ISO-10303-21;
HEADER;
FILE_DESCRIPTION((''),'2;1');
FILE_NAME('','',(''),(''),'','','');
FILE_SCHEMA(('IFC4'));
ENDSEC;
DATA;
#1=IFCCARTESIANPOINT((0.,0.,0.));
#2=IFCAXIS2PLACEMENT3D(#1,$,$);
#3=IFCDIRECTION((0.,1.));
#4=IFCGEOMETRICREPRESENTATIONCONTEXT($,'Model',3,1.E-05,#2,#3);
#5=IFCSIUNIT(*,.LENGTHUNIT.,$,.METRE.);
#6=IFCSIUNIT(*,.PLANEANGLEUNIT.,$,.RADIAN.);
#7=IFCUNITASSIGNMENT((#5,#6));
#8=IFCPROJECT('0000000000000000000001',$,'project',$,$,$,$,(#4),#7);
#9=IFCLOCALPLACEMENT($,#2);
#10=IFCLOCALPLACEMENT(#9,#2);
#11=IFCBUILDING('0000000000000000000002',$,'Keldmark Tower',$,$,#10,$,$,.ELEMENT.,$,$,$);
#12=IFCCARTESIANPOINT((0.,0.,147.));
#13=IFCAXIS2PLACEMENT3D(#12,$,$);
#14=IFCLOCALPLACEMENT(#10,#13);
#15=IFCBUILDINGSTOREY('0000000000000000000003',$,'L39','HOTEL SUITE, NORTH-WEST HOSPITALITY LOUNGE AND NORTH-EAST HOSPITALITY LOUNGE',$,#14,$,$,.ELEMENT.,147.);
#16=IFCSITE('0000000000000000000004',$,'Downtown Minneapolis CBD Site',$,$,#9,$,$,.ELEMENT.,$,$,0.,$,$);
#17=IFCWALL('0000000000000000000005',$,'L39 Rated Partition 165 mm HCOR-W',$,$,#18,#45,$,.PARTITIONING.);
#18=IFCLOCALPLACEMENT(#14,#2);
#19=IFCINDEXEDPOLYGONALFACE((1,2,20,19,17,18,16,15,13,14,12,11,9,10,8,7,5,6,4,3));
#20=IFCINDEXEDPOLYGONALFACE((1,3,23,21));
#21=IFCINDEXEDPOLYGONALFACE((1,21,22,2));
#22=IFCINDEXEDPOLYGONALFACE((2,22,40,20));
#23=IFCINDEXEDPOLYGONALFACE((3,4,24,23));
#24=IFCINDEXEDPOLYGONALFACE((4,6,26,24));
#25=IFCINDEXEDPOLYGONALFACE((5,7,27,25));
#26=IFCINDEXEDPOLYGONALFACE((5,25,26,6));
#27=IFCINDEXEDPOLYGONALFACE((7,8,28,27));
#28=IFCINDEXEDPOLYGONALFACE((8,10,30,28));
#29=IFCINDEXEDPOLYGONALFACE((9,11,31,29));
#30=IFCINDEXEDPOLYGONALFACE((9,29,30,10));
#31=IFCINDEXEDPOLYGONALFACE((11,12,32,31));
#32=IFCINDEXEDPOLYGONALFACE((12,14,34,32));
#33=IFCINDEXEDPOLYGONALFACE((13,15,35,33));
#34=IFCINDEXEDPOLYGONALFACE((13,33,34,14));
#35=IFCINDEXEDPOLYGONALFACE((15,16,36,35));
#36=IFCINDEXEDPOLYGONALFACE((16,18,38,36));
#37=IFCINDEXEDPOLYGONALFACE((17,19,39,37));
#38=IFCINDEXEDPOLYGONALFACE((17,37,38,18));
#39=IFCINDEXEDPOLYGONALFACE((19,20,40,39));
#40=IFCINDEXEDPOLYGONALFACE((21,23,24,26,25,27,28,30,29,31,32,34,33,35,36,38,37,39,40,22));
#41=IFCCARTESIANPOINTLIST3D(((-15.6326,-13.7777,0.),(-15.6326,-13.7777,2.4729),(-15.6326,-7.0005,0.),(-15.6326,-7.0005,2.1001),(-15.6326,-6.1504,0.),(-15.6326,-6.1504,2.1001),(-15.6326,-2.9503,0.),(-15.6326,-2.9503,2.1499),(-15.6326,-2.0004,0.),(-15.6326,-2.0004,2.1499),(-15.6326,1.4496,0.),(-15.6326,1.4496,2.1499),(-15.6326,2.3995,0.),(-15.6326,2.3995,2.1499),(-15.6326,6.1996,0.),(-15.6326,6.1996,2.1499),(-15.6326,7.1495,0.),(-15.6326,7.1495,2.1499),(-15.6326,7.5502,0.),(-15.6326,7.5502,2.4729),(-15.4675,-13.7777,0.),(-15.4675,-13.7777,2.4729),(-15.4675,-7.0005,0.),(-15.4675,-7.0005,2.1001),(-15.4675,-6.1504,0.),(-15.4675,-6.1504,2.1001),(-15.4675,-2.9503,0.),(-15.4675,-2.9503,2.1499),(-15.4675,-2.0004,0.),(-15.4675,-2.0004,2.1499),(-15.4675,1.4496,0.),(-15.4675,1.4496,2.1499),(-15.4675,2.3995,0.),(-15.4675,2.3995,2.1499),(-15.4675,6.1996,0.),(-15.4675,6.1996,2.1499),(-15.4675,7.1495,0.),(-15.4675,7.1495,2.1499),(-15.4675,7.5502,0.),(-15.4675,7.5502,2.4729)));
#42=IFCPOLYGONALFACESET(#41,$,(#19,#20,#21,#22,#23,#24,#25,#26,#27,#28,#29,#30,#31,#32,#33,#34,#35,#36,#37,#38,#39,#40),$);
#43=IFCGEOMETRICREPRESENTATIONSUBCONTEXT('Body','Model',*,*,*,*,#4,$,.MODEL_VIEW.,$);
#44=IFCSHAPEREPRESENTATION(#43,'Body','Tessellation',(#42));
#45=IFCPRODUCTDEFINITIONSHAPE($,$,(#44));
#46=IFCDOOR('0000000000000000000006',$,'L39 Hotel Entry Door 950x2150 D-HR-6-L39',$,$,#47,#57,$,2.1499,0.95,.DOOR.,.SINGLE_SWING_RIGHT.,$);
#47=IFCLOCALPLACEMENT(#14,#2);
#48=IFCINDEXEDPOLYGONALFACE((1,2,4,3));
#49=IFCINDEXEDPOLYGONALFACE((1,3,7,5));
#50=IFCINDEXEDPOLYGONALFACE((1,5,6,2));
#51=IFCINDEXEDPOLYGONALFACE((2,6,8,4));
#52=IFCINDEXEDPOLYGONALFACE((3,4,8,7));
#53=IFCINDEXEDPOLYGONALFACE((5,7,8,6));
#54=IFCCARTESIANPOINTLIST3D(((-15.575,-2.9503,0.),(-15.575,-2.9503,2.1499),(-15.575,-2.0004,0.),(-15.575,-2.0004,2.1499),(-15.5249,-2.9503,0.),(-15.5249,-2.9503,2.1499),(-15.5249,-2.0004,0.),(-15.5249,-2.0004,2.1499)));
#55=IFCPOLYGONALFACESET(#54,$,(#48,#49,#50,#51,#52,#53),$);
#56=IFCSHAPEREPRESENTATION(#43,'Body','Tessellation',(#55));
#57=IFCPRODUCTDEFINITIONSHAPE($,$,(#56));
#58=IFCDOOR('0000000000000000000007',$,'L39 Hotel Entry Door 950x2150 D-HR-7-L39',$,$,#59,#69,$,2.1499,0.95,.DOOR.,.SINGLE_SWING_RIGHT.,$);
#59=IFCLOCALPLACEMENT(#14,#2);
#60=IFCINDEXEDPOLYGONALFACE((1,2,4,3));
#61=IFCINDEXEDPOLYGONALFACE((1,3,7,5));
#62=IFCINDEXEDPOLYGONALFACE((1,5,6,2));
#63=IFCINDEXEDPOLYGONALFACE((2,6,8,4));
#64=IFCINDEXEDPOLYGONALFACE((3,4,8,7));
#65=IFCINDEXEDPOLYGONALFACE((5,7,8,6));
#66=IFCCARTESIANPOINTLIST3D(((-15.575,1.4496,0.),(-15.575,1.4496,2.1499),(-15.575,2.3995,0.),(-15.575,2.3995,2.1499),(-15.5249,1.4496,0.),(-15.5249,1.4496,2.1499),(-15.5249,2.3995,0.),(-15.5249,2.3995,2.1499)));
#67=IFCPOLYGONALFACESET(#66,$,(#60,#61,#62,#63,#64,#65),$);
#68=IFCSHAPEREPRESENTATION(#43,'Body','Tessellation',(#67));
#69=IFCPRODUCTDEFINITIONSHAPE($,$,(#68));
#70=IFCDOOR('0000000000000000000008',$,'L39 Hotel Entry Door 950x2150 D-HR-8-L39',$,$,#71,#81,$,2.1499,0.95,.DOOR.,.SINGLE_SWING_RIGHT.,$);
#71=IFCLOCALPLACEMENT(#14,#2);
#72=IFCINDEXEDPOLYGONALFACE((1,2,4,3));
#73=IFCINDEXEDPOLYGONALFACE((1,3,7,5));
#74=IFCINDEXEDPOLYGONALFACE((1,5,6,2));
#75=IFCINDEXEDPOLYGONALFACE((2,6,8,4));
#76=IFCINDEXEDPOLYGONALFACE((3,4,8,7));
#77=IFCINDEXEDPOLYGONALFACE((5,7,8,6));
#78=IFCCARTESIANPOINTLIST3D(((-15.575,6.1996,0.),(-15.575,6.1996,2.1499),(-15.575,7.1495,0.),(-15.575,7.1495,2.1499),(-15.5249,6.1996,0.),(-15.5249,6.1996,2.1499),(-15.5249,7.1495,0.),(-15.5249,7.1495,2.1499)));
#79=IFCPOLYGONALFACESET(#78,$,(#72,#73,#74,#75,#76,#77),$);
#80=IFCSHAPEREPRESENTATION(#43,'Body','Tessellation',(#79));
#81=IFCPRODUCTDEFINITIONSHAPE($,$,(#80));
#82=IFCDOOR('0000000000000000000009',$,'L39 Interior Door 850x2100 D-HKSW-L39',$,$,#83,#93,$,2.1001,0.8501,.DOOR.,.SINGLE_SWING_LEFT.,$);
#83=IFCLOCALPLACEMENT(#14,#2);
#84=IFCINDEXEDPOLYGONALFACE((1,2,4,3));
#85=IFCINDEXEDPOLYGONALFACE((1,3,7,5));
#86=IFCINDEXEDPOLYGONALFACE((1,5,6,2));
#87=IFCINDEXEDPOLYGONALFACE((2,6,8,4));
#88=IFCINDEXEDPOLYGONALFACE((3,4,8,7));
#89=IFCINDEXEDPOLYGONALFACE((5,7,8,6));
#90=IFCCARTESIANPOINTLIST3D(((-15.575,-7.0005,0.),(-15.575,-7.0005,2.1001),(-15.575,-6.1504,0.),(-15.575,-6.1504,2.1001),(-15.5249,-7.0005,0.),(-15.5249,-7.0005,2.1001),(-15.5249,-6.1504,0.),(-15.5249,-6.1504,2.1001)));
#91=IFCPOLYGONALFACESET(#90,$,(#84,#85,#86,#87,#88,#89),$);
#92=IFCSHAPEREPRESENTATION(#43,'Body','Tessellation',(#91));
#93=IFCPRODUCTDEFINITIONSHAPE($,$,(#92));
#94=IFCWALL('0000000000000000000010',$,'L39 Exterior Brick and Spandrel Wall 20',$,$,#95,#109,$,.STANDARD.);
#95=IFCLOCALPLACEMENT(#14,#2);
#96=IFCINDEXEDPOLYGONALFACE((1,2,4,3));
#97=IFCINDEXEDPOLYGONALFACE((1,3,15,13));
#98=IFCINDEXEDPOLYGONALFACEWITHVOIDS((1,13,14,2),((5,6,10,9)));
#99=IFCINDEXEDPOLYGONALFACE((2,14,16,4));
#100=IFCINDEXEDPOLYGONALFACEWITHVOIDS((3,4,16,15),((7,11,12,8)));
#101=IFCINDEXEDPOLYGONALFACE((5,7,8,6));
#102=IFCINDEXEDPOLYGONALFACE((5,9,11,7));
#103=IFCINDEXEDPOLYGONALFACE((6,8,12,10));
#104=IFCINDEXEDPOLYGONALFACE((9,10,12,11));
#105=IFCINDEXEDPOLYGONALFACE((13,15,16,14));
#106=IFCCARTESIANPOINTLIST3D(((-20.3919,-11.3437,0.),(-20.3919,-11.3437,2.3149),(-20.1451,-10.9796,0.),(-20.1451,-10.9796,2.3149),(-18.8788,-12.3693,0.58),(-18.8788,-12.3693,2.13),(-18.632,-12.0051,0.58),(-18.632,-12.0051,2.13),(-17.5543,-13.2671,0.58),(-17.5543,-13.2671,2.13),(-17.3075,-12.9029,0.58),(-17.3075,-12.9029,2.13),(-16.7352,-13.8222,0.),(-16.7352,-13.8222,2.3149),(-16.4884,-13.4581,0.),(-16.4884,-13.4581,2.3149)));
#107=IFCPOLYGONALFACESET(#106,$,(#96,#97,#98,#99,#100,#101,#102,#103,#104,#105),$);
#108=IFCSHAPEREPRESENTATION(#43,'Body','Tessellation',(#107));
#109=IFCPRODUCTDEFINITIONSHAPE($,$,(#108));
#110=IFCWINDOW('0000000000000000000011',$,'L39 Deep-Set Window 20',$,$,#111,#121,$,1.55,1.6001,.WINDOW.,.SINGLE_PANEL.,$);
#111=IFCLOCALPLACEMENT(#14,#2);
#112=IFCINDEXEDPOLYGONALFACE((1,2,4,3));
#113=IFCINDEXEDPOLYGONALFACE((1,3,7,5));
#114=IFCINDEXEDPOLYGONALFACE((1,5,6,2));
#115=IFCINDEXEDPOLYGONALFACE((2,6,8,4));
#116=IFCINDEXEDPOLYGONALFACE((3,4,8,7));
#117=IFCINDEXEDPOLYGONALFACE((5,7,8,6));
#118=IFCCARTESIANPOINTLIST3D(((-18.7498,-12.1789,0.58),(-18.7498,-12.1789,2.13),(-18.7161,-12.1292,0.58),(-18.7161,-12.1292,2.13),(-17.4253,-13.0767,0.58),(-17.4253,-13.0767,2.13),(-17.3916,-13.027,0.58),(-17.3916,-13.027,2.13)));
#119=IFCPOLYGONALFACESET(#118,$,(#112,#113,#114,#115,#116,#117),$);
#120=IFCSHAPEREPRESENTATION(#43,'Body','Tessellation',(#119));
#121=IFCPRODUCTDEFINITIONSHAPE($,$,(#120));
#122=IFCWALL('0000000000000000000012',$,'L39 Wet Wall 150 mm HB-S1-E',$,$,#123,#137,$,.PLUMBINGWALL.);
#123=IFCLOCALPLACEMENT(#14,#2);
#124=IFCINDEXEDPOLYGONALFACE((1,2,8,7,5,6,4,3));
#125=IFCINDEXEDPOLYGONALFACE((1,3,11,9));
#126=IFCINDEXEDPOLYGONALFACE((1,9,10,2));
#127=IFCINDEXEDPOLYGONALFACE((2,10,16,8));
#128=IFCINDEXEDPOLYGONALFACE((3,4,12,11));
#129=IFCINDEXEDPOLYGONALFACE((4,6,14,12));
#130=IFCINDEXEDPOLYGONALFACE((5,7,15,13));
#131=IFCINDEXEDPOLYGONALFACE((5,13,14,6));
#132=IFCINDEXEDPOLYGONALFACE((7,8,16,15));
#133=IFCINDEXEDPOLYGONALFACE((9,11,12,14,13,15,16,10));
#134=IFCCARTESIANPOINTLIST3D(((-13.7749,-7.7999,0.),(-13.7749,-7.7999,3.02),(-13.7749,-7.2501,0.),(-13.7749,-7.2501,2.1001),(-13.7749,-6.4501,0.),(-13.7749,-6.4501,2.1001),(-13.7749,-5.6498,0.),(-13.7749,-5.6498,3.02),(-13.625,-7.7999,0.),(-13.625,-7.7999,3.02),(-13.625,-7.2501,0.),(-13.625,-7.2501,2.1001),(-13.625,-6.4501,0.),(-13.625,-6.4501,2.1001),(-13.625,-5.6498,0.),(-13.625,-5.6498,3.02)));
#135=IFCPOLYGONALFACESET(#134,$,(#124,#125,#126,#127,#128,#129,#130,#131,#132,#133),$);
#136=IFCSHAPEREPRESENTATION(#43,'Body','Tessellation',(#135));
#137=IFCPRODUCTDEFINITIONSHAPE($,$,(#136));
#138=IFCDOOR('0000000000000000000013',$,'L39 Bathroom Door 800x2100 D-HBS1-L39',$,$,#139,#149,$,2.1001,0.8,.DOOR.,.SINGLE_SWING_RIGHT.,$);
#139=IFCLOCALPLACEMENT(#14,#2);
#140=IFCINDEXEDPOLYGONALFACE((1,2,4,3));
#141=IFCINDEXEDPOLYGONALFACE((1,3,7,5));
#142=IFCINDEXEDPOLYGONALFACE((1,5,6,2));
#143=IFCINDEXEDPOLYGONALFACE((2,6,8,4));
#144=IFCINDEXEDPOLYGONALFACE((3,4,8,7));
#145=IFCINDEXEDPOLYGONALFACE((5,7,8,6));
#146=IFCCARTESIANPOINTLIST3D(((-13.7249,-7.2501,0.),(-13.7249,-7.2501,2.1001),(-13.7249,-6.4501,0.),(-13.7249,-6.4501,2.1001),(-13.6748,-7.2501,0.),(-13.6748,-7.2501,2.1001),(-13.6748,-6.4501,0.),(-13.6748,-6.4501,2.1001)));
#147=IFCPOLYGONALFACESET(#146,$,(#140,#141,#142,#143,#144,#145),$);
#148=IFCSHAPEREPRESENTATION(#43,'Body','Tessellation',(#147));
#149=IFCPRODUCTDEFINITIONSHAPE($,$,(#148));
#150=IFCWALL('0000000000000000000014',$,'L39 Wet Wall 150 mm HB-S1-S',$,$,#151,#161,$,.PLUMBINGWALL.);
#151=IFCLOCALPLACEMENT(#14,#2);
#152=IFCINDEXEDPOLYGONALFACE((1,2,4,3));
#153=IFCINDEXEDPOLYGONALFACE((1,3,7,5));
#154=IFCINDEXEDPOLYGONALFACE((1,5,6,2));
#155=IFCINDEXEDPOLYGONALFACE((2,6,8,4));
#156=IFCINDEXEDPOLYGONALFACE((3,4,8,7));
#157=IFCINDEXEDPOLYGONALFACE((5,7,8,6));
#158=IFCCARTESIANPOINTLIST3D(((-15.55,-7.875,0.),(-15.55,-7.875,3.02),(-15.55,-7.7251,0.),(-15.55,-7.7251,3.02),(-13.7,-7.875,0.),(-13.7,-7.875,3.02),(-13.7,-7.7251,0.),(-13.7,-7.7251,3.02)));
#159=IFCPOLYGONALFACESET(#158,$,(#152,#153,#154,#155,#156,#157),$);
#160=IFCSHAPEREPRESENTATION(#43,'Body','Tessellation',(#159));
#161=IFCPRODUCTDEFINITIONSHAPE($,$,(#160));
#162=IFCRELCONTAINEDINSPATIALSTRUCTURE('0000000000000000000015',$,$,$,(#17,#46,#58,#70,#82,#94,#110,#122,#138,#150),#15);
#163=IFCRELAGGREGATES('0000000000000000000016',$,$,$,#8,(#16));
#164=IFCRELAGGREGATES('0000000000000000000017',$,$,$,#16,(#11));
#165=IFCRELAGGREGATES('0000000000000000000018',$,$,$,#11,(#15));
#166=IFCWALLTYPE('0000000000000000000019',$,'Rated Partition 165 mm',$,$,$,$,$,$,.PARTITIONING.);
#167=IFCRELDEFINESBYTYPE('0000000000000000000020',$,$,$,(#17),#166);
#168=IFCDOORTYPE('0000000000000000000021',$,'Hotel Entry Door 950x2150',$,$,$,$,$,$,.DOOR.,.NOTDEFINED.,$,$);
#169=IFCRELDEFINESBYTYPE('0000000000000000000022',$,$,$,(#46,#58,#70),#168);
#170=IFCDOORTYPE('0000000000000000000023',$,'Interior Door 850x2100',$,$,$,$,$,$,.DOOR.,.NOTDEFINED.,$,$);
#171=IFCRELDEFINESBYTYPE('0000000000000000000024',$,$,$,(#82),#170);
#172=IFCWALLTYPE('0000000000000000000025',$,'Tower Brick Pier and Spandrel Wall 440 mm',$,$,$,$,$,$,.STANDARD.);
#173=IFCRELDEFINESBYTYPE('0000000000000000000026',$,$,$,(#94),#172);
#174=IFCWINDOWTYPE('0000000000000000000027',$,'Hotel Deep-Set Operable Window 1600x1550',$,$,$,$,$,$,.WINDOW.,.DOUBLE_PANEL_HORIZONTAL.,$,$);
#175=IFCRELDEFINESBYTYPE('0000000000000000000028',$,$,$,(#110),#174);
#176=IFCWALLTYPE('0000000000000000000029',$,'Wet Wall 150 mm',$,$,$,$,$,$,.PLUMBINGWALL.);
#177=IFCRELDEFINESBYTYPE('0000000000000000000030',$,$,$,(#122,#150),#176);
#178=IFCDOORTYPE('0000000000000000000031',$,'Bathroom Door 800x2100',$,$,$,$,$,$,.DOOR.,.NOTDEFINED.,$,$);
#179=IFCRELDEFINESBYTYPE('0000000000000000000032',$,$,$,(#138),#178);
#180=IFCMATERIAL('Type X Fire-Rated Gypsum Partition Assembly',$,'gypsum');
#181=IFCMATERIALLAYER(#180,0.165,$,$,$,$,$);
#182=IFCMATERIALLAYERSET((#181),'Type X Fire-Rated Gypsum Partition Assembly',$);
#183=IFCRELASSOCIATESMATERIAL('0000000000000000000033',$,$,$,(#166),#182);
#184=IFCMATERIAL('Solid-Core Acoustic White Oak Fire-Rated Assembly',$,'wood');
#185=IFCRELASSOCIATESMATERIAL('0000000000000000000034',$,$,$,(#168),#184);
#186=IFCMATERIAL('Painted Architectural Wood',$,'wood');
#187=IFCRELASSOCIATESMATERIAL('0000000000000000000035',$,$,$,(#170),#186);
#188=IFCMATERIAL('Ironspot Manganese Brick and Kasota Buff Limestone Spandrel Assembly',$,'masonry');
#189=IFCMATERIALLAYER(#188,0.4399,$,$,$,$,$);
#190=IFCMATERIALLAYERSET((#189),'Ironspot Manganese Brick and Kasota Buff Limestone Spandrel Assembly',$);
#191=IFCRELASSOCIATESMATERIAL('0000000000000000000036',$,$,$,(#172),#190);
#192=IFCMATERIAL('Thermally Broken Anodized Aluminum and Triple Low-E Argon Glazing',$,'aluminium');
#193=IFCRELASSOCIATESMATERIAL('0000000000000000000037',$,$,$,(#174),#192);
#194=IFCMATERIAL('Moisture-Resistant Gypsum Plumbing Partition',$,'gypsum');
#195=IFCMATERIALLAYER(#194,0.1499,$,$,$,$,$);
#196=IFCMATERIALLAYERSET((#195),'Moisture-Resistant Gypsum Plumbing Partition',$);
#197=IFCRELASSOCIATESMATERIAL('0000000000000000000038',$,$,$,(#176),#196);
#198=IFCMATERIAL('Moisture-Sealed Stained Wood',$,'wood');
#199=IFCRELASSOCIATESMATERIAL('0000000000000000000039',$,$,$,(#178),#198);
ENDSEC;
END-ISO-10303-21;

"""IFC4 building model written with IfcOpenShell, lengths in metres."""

from ifc_helpers import new_model, si_unit, direction, frame, frame_2d, origin, place, context, subcontext, project, spatial, rectangle, extrude, material, layer, layer_set, type_object, element, fill, save


model = new_model("IFC4")

# Units and contexts
model_context = context("Model", 3, precision=1e-05, world=origin(), true_north=direction((0.0, 1.0)))
body_context = subcontext(model_context, "Body", "Model", "MODEL_VIEW")
ifc_project = project(units=[si_unit("LENGTHUNIT", "METRE"), si_unit("PLANEANGLEUNIT", "RADIAN")], contexts=[model_context])

# Site, building, storey
site_placement = place(None, origin())
site = spatial("IfcSite", under=ifc_project, at=site_placement, Name="Downtown Minneapolis CBD Site", CompositionType="ELEMENT", RefElevation=0.0)
building_placement = place(site_placement, origin())
building = spatial("IfcBuilding", under=site, at=building_placement, Name="Keldmark Tower", CompositionType="ELEMENT")
storey_placement = place(building_placement, frame((0.0, 0.0, 147.0)))
storey = spatial("IfcBuildingStorey", under=building, at=storey_placement, Name="L39", Description="HOTEL SUITE, NORTH-WEST HOSPITALITY LOUNGE AND NORTH-EAST HOSPITALITY LOUNGE", CompositionType="ELEMENT", Elevation=147.0)

# Wall, openings, doors
ifc_material_1 = material(Name="Type X Fire-Rated Gypsum Partition Assembly", Category="gypsum")
ifc_layer_1 = layer(ifc_material_1, 0.165)
ifc_layer_set_1 = layer_set([ifc_layer_1], Name="Type X Fire-Rated Gypsum Partition Assembly")
wall_type_1 = type_object("IfcWallType", Name="Rated Partition 165 mm", PredefinedType="PARTITIONING", material=ifc_layer_set_1)
ifc_material_2 = material(Name="Solid-Core Acoustic White Oak Fire-Rated Assembly", Category="wood")
door_type_1 = type_object("IfcDoorType", Name="Hotel Entry Door 950x2150", OperationType="NOTDEFINED", PredefinedType="DOOR", material=ifc_material_2)
wall_1_placement = place(storey_placement, frame((-15.55, -13.7778, 0.0), z_axis=(0.0, 0.0, 1.0), x_axis=(0.0, 1.0, 0.0)))
wall_1 = element("IfcWall", 1, at=wall_1_placement, inside=storey, type_object=wall_type_1, Name="L39 Rated Partition 165 mm HCOR-W", PredefinedType="PARTITIONING", context=body_context, shape_type="SweptSolid", body=[
    extrude(rectangle(XDim=21.3279, YDim=0.165, at=frame_2d((10.6641, 0.0))), origin(), (0.0, 0.0, 1.0), 2.4729),
])
opening_1_placement = place(wall_1_placement, frame((6.7773, 0.0, 0.0)))
opening_1 = element("IfcOpeningElement", 2, at=opening_1_placement, cuts=wall_1, PredefinedType="OPENING", context=body_context, shape_type="SweptSolid", body=[
    extrude(rectangle(XDim=0.8501, YDim=2.1001, at=frame_2d((0.425, 1.05))), frame((0.0, 0.0925, 0.0), z_axis=(0.0, -1.0, 0.0), x_axis=(1.0, 0.0, 0.0)), (0.0, 0.0, 1.0), 0.1851),
])
opening_2_placement = place(wall_1_placement, frame((10.8274, 0.0, 0.0)))
opening_2 = element("IfcOpeningElement", 3, at=opening_2_placement, cuts=wall_1, PredefinedType="OPENING", context=body_context, shape_type="SweptSolid", body=[
    extrude(rectangle(XDim=0.95, YDim=2.1499, at=frame_2d((0.4751, 1.075))), frame((0.0, 0.0925, 0.0), z_axis=(0.0, -1.0, 0.0), x_axis=(1.0, 0.0, 0.0)), (0.0, 0.0, 1.0), 0.1851),
])
opening_3_placement = place(wall_1_placement, frame((15.2273, 0.0, 0.0)))
opening_3 = element("IfcOpeningElement", 4, at=opening_3_placement, cuts=wall_1, PredefinedType="OPENING", context=body_context, shape_type="SweptSolid", body=[
    extrude(rectangle(XDim=0.95, YDim=2.1499, at=frame_2d((0.4751, 1.075))), frame((0.0, 0.0925, 0.0), z_axis=(0.0, -1.0, 0.0), x_axis=(1.0, 0.0, 0.0)), (0.0, 0.0, 1.0), 0.1851),
])
opening_4_placement = place(wall_1_placement, frame((19.9773, 0.0, 0.0)))
opening_4 = element("IfcOpeningElement", 5, at=opening_4_placement, cuts=wall_1, PredefinedType="OPENING", context=body_context, shape_type="SweptSolid", body=[
    extrude(rectangle(XDim=0.95, YDim=2.1499, at=frame_2d((0.4751, 1.075))), frame((0.0, 0.0925, 0.0), z_axis=(0.0, -1.0, 0.0), x_axis=(1.0, 0.0, 0.0)), (0.0, 0.0, 1.0), 0.1851),
])
door_1_placement = place(opening_2_placement, origin())
door_1 = element("IfcDoor", 6, at=door_1_placement, inside=storey, type_object=door_type_1, Name="L39 Hotel Entry Door 950x2150 D-HR-6-L39", OperationType="SINGLE_SWING_RIGHT", OverallHeight=2.1499, OverallWidth=0.95, PredefinedType="DOOR", context=body_context, shape_type="SweptSolid", body=[
    extrude(rectangle(XDim=0.95, YDim=2.1499, at=frame_2d((0.4751, 1.075))), frame((0.0, 0.0249, 0.0), z_axis=(0.0, -1.0, 0.0), x_axis=(1.0, 0.0, 0.0)), (0.0, 0.0, 1.0), 0.05),
])
fill(opening_2, door_1)
door_2_placement = place(opening_3_placement, origin())
door_2 = element("IfcDoor", 7, at=door_2_placement, inside=storey, type_object=door_type_1, Name="L39 Hotel Entry Door 950x2150 D-HR-7-L39", OperationType="SINGLE_SWING_RIGHT", OverallHeight=2.1499, OverallWidth=0.95, PredefinedType="DOOR", context=body_context, shape_type="SweptSolid", body=[
    extrude(rectangle(XDim=0.95, YDim=2.1499, at=frame_2d((0.4751, 1.075))), frame((0.0, 0.0249, 0.0), z_axis=(0.0, -1.0, 0.0), x_axis=(1.0, 0.0, 0.0)), (0.0, 0.0, 1.0), 0.05),
])
fill(opening_3, door_2)
door_3_placement = place(opening_4_placement, origin())
door_3 = element("IfcDoor", 8, at=door_3_placement, inside=storey, type_object=door_type_1, Name="L39 Hotel Entry Door 950x2150 D-HR-8-L39", OperationType="SINGLE_SWING_RIGHT", OverallHeight=2.1499, OverallWidth=0.95, PredefinedType="DOOR", context=body_context, shape_type="SweptSolid", body=[
    extrude(rectangle(XDim=0.95, YDim=2.1499, at=frame_2d((0.4751, 1.075))), frame((0.0, 0.0249, 0.0), z_axis=(0.0, -1.0, 0.0), x_axis=(1.0, 0.0, 0.0)), (0.0, 0.0, 1.0), 0.05),
])
fill(opening_4, door_3)
ifc_material_3 = material(Name="Painted Architectural Wood", Category="wood")
door_type_2 = type_object("IfcDoorType", Name="Interior Door 850x2100", OperationType="NOTDEFINED", PredefinedType="DOOR", material=ifc_material_3)
door_4_placement = place(opening_1_placement, origin())
door_4 = element("IfcDoor", 9, at=door_4_placement, inside=storey, type_object=door_type_2, Name="L39 Interior Door 850x2100 D-HKSW-L39", OperationType="SINGLE_SWING_LEFT", OverallHeight=2.1001, OverallWidth=0.8501, PredefinedType="DOOR", context=body_context, shape_type="SweptSolid", body=[
    extrude(rectangle(XDim=0.8501, YDim=2.1001, at=frame_2d((0.425, 1.05))), frame((0.0, 0.0249, 0.0), z_axis=(0.0, -1.0, 0.0), x_axis=(1.0, 0.0, 0.0)), (0.0, 0.0, 1.0), 0.05),
])
fill(opening_1, door_4)

# Wall, opening, window
ifc_material_4 = material(Name="Ironspot Manganese Brick and Kasota Buff Limestone Spandrel Assembly", Category="masonry")
ifc_layer_2 = layer(ifc_material_4, 0.4399)
ifc_layer_set_2 = layer_set([ifc_layer_2], Name="Ironspot Manganese Brick and Kasota Buff Limestone Spandrel Assembly")
wall_type_2 = type_object("IfcWallType", Name="Tower Brick Pier and Spandrel Wall 440 mm", PredefinedType="STANDARD", material=ifc_layer_set_2)
wall_2_placement = place(storey_placement, frame((-16.6118, -13.6401, 0.0), z_axis=(0.0, 0.0, 1.0), x_axis=(-0.827775, 0.561061, 0.0)))
wall_2 = element("IfcWall", 10, at=wall_2_placement, inside=storey, type_object=wall_type_2, Name="L39 Exterior Brick and Spandrel Wall 20", PredefinedType="STANDARD", context=body_context, shape_type="SweptSolid", body=[
    extrude(rectangle(XDim=4.4175, YDim=0.4399, at=frame_2d((2.2087, 0.0))), origin(), (0.0, 0.0, 1.0), 2.3149),
])
opening_5_placement = place(wall_2_placement, frame((0.9895, 0.0, 0.5801)))
opening_5 = element("IfcOpeningElement", 11, at=opening_5_placement, cuts=wall_2, PredefinedType="OPENING", context=body_context, shape_type="SweptSolid", body=[
    extrude(rectangle(XDim=1.6001, YDim=1.55, at=frame_2d((0.8, 0.7749))), frame((0.0, 0.23, 0.0), z_axis=(0.0, -1.0, 0.0), x_axis=(1.0, 0.0, 0.0)), (0.0, 0.0, 1.0), 0.46),
])
ifc_material_5 = material(Name="Thermally Broken Anodized Aluminum and Triple Low-E Argon Glazing", Category="aluminium")
window_type = type_object("IfcWindowType", Name="Hotel Deep-Set Operable Window 1600x1550", PartitioningType="DOUBLE_PANEL_HORIZONTAL", PredefinedType="WINDOW", material=ifc_material_5)
window_placement = place(opening_5_placement, origin())
window = element("IfcWindow", 12, at=window_placement, inside=storey, type_object=window_type, Name="L39 Deep-Set Window 20", OverallHeight=1.55, OverallWidth=1.6001, PartitioningType="SINGLE_PANEL", PredefinedType="WINDOW", context=body_context, shape_type="SweptSolid", body=[
    extrude(rectangle(XDim=1.6001, YDim=1.55, at=frame_2d((0.8, 0.7749))), frame((0.0, -0.01, 0.0), z_axis=(0.0, -1.0, 0.0), x_axis=(1.0, 0.0, 0.0)), (0.0, 0.0, 1.0), 0.0601),
])
fill(opening_5, window)

# Wall, opening, door
ifc_material_6 = material(Name="Moisture-Resistant Gypsum Plumbing Partition", Category="gypsum")
ifc_layer_3 = layer(ifc_material_6, 0.1499)
ifc_layer_set_3 = layer_set([ifc_layer_3], Name="Moisture-Resistant Gypsum Plumbing Partition")
wall_type_3 = type_object("IfcWallType", Name="Wet Wall 150 mm", PredefinedType="PLUMBINGWALL", material=ifc_layer_set_3)
wall_3_placement = place(storey_placement, frame((-13.7, -7.8, 0.0), z_axis=(0.0, 0.0, 1.0), x_axis=(0.0, 1.0, 0.0)))
wall_3 = element("IfcWall", 13, at=wall_3_placement, inside=storey, type_object=wall_type_3, Name="L39 Wet Wall 150 mm HB-S1-E", PredefinedType="PLUMBINGWALL", context=body_context, shape_type="SweptSolid", body=[
    extrude(rectangle(XDim=2.1501, YDim=0.1499, at=frame_2d((1.0752, 0.0))), origin(), (0.0, 0.0, 1.0), 3.02),
])
opening_6_placement = place(wall_3_placement, frame((0.55, 0.0, 0.0)))
opening_6 = element("IfcOpeningElement", 14, at=opening_6_placement, cuts=wall_3, PredefinedType="OPENING", context=body_context, shape_type="SweptSolid", body=[
    extrude(rectangle(XDim=0.8, YDim=2.1001, at=frame_2d((0.3999, 1.05))), frame((0.0, 0.085, 0.0), z_axis=(0.0, -1.0, 0.0), x_axis=(1.0, 0.0, 0.0)), (0.0, 0.0, 1.0), 0.1699),
])
ifc_material_7 = material(Name="Moisture-Sealed Stained Wood", Category="wood")
door_type_3 = type_object("IfcDoorType", Name="Bathroom Door 800x2100", OperationType="NOTDEFINED", PredefinedType="DOOR", material=ifc_material_7)
door_5_placement = place(opening_6_placement, origin())
door_5 = element("IfcDoor", 15, at=door_5_placement, inside=storey, type_object=door_type_3, Name="L39 Bathroom Door 800x2100 D-HBS1-L39", OperationType="SINGLE_SWING_RIGHT", OverallHeight=2.1001, OverallWidth=0.8, PredefinedType="DOOR", context=body_context, shape_type="SweptSolid", body=[
    extrude(rectangle(XDim=0.8, YDim=2.1001, at=frame_2d((0.3999, 1.05))), frame((0.0, 0.0249, 0.0), z_axis=(0.0, -1.0, 0.0), x_axis=(1.0, 0.0, 0.0)), (0.0, 0.0, 1.0), 0.05),
])
fill(opening_6, door_5)

# Wall
wall_4_placement = place(storey_placement, frame((-15.55, -7.8, 0.0), z_axis=(0.0, 0.0, 1.0), x_axis=(1.0, 0.0, 0.0)))
element("IfcWall", 16, at=wall_4_placement, inside=storey, type_object=wall_type_3, Name="L39 Wet Wall 150 mm HB-S1-S", PredefinedType="PLUMBINGWALL", context=body_context, shape_type="SweptSolid", body=[
    extrude(rectangle(XDim=1.8501, YDim=0.1499, at=frame_2d((0.925, 0.0))), origin(), (0.0, 0.0, 1.0), 3.02),
])

save(model, "model.ifc")
